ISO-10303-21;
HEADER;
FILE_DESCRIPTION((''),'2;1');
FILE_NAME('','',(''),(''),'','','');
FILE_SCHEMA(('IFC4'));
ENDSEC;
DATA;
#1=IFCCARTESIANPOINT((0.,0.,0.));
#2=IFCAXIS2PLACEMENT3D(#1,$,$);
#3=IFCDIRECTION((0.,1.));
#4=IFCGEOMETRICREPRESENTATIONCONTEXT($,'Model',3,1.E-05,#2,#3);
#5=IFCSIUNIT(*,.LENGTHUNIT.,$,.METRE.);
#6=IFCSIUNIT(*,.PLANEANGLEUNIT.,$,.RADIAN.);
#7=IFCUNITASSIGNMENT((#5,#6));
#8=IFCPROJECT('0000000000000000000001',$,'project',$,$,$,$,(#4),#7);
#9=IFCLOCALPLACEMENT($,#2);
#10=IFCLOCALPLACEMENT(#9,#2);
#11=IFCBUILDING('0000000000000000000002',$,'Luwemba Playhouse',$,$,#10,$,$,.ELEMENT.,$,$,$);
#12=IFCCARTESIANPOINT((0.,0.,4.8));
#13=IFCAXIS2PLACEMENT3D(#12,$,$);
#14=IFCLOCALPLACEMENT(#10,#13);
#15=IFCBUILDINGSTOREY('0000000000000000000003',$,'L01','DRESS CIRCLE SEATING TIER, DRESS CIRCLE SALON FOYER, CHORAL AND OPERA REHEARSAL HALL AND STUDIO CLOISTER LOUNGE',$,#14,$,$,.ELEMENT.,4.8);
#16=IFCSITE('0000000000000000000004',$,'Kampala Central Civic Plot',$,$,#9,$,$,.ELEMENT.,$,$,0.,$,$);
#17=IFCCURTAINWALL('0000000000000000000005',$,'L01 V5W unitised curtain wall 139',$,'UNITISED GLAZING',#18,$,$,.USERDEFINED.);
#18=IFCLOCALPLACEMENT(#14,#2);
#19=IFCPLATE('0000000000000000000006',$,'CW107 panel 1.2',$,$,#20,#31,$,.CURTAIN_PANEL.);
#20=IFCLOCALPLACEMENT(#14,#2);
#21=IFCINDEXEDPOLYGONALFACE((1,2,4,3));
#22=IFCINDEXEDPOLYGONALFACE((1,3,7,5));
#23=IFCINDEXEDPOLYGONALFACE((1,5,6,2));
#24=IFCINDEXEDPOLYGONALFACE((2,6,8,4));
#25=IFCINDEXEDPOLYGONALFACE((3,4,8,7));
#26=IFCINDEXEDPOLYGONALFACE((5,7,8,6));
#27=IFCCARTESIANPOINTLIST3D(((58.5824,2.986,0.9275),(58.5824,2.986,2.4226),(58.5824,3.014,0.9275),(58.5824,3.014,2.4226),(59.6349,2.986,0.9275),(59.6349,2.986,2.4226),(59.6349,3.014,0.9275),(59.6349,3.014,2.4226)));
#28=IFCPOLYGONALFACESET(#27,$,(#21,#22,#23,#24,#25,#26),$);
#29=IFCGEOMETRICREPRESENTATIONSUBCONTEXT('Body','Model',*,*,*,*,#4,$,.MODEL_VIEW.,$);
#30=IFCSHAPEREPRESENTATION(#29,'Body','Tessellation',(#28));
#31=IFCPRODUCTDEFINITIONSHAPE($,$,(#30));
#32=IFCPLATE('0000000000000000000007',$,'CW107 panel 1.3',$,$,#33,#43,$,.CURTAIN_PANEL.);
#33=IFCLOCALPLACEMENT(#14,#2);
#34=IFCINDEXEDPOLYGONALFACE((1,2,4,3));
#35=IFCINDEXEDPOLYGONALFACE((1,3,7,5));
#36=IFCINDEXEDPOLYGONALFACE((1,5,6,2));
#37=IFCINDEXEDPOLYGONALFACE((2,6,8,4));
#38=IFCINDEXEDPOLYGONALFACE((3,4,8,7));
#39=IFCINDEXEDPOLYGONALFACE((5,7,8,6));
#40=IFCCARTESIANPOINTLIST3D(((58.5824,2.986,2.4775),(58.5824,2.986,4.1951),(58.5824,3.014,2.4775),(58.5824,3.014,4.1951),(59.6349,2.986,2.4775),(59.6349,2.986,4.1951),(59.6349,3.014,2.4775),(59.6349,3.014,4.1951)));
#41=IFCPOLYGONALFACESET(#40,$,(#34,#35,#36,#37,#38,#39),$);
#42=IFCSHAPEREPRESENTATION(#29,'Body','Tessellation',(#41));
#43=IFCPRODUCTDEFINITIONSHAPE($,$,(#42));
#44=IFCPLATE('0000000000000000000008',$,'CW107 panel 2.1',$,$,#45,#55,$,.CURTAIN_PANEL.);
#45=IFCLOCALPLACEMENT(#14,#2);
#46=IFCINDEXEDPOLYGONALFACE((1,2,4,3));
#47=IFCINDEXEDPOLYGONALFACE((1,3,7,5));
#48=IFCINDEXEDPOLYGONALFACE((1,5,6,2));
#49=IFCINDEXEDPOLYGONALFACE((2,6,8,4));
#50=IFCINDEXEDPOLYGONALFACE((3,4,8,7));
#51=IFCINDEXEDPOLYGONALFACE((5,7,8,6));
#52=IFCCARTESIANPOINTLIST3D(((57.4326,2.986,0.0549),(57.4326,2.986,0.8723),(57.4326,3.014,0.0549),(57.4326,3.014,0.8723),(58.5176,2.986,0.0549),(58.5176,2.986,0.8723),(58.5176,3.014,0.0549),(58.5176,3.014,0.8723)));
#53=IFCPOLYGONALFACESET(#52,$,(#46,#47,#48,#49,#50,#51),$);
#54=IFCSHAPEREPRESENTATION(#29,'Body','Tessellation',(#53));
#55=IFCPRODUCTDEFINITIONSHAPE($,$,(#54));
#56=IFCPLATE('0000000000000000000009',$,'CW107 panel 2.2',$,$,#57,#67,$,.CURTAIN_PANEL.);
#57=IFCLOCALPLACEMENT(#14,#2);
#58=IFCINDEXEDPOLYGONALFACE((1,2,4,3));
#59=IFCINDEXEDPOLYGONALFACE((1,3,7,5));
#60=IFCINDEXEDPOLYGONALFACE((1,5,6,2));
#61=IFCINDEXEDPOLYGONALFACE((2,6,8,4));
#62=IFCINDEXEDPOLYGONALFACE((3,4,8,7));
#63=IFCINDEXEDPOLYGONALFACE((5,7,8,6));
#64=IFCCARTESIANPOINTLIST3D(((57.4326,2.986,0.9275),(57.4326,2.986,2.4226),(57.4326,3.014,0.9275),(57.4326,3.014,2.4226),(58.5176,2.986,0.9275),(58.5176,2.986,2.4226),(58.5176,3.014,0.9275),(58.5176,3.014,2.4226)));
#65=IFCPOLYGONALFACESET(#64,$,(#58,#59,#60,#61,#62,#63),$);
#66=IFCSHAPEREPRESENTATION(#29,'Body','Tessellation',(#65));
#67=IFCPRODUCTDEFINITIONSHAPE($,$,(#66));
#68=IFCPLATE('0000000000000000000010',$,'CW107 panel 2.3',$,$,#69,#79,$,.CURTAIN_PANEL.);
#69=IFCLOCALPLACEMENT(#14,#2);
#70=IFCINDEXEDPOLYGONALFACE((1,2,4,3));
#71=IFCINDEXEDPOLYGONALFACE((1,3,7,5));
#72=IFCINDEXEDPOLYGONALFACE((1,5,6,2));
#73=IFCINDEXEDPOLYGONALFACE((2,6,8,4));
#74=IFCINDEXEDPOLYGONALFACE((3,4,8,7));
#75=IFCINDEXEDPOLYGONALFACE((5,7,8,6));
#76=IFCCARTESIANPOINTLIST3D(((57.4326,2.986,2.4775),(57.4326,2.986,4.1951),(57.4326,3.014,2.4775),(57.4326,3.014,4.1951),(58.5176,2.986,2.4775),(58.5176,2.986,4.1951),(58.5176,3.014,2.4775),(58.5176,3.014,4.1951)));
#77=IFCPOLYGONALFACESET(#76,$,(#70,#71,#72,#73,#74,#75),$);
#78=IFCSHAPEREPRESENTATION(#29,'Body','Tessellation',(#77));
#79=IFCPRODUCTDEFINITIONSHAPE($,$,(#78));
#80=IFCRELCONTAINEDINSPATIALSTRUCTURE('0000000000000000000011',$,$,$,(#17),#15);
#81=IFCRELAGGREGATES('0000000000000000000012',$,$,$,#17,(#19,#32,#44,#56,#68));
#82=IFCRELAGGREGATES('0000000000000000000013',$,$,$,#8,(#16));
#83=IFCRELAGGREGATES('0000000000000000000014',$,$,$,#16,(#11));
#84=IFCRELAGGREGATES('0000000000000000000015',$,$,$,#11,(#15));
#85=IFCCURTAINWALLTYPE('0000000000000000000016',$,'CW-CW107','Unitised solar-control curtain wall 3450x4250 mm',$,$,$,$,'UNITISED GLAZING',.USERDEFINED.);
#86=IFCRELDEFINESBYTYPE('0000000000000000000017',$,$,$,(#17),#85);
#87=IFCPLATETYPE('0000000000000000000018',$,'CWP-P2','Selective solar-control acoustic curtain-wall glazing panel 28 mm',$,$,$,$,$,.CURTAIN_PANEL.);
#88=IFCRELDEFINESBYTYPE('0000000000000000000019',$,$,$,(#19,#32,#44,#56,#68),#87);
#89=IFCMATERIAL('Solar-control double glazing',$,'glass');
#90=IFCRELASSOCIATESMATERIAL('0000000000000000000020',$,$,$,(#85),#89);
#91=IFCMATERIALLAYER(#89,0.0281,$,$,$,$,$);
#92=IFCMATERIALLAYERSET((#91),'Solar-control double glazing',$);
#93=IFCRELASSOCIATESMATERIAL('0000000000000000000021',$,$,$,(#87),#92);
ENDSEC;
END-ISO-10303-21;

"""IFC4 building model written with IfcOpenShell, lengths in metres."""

from ifc_helpers import new_model, si_unit, direction, frame, origin, origin_2d, place, context, subcontext, project, spatial, rectangle, extrude, material, layer, layer_set, type_object, element, aggregate, save


model = new_model("IFC4")

# Units and contexts
model_context = context("Model", 3, precision=1e-05, world=origin(), true_north=direction((0.0, 1.0)))
body_context = subcontext(model_context, "Body", "Model", "MODEL_VIEW")
ifc_project = project(units=[si_unit("LENGTHUNIT", "METRE"), si_unit("PLANEANGLEUNIT", "RADIAN")], contexts=[model_context])

# Site, building, storey
site_placement = place(None, origin())
site = spatial("IfcSite", under=ifc_project, at=site_placement, Name="Kampala Central Civic Plot", CompositionType="ELEMENT", RefElevation=0.0)
building_placement = place(site_placement, origin())
building = spatial("IfcBuilding", under=site, at=building_placement, Name="Luwemba Playhouse", CompositionType="ELEMENT")
storey_placement = place(building_placement, frame((0.0, 0.0, 4.8)))
storey = spatial("IfcBuildingStorey", under=building, at=storey_placement, Name="L01", Description="DRESS CIRCLE SEATING TIER, DRESS CIRCLE SALON FOYER, CHORAL AND OPERA REHEARSAL HALL AND STUDIO CLOISTER LOUNGE", CompositionType="ELEMENT", Elevation=4.8)

# Curtain wall
ifc_material_1 = material(Name="Solar-control double glazing", Category="glass")
curtain_wall_type_1 = type_object("IfcCurtainWallType", Name="CW-CW107", Description="Unitised solar-control curtain wall 3450x4250 mm", ElementType="UNITISED GLAZING", PredefinedType="USERDEFINED", material=ifc_material_1)
curtain_wall_1_placement = place(storey_placement, origin())
curtain_wall_1 = element("IfcCurtainWall", 1, at=curtain_wall_1_placement, inside=storey, type_object=curtain_wall_type_1, Name="L01 V5W unitised curtain wall 139", ObjectType="UNITISED GLAZING", PredefinedType="USERDEFINED")

# Plates
ifc_layer_1 = layer(ifc_material_1, 0.0281)
ifc_layer_set_1 = layer_set([ifc_layer_1], Name="Solar-control double glazing")
plate_type_1 = type_object("IfcPlateType", Name="CWP-P2", Description="Selective solar-control acoustic curtain-wall glazing panel 28 mm", PredefinedType="CURTAIN_PANEL", material=ifc_layer_set_1)
plate_1_placement = place(storey_placement, frame((59.1086, 3.0, 0.9275), z_axis=(0.0, 0.0, 1.0), x_axis=(-1.0, 0.0, 0.0)))
plate_1 = element("IfcPlate", 2, at=plate_1_placement, type_object=plate_type_1, Name="CW107 panel 1.2", PredefinedType="CURTAIN_PANEL", context=body_context, shape_type="SweptSolid", body=[
    extrude(rectangle(XDim=1.0525, YDim=0.0281, at=origin_2d()), origin(), (0.0, 0.0, 1.0), 1.4951),
])
plate_2_placement = place(storey_placement, frame((59.1086, 3.0, 2.4775), z_axis=(0.0, 0.0, 1.0), x_axis=(-1.0, 0.0, 0.0)))
plate_2 = element("IfcPlate", 3, at=plate_2_placement, type_object=plate_type_1, Name="CW107 panel 1.3", PredefinedType="CURTAIN_PANEL", context=body_context, shape_type="SweptSolid", body=[
    extrude(rectangle(XDim=1.0525, YDim=0.0281, at=origin_2d()), origin(), (0.0, 0.0, 1.0), 1.7175),
])
plate_3_placement = place(storey_placement, frame((57.9751, 3.0, 0.0549), z_axis=(0.0, 0.0, 1.0), x_axis=(-1.0, 0.0, 0.0)))
plate_3 = element("IfcPlate", 4, at=plate_3_placement, type_object=plate_type_1, Name="CW107 panel 2.1", PredefinedType="CURTAIN_PANEL", context=body_context, shape_type="SweptSolid", body=[
    extrude(rectangle(XDim=1.085, YDim=0.0281, at=origin_2d()), origin(), (0.0, 0.0, 1.0), 0.8174),
])
plate_4_placement = place(storey_placement, frame((57.9751, 3.0, 0.9275), z_axis=(0.0, 0.0, 1.0), x_axis=(-1.0, 0.0, 0.0)))
plate_4 = element("IfcPlate", 5, at=plate_4_placement, type_object=plate_type_1, Name="CW107 panel 2.2", PredefinedType="CURTAIN_PANEL", context=body_context, shape_type="SweptSolid", body=[
    extrude(rectangle(XDim=1.085, YDim=0.0281, at=origin_2d()), origin(), (0.0, 0.0, 1.0), 1.4951),
])
plate_5_placement = place(storey_placement, frame((57.9751, 3.0, 2.4775), z_axis=(0.0, 0.0, 1.0), x_axis=(-1.0, 0.0, 0.0)))
plate_5 = element("IfcPlate", 6, at=plate_5_placement, type_object=plate_type_1, Name="CW107 panel 2.3", PredefinedType="CURTAIN_PANEL", context=body_context, shape_type="SweptSolid", body=[
    extrude(rectangle(XDim=1.085, YDim=0.0281, at=origin_2d()), origin(), (0.0, 0.0, 1.0), 1.7175),
])
aggregate(curtain_wall_1, [plate_1, plate_2, plate_3, plate_4, plate_5])

save(model, "model.ifc")
